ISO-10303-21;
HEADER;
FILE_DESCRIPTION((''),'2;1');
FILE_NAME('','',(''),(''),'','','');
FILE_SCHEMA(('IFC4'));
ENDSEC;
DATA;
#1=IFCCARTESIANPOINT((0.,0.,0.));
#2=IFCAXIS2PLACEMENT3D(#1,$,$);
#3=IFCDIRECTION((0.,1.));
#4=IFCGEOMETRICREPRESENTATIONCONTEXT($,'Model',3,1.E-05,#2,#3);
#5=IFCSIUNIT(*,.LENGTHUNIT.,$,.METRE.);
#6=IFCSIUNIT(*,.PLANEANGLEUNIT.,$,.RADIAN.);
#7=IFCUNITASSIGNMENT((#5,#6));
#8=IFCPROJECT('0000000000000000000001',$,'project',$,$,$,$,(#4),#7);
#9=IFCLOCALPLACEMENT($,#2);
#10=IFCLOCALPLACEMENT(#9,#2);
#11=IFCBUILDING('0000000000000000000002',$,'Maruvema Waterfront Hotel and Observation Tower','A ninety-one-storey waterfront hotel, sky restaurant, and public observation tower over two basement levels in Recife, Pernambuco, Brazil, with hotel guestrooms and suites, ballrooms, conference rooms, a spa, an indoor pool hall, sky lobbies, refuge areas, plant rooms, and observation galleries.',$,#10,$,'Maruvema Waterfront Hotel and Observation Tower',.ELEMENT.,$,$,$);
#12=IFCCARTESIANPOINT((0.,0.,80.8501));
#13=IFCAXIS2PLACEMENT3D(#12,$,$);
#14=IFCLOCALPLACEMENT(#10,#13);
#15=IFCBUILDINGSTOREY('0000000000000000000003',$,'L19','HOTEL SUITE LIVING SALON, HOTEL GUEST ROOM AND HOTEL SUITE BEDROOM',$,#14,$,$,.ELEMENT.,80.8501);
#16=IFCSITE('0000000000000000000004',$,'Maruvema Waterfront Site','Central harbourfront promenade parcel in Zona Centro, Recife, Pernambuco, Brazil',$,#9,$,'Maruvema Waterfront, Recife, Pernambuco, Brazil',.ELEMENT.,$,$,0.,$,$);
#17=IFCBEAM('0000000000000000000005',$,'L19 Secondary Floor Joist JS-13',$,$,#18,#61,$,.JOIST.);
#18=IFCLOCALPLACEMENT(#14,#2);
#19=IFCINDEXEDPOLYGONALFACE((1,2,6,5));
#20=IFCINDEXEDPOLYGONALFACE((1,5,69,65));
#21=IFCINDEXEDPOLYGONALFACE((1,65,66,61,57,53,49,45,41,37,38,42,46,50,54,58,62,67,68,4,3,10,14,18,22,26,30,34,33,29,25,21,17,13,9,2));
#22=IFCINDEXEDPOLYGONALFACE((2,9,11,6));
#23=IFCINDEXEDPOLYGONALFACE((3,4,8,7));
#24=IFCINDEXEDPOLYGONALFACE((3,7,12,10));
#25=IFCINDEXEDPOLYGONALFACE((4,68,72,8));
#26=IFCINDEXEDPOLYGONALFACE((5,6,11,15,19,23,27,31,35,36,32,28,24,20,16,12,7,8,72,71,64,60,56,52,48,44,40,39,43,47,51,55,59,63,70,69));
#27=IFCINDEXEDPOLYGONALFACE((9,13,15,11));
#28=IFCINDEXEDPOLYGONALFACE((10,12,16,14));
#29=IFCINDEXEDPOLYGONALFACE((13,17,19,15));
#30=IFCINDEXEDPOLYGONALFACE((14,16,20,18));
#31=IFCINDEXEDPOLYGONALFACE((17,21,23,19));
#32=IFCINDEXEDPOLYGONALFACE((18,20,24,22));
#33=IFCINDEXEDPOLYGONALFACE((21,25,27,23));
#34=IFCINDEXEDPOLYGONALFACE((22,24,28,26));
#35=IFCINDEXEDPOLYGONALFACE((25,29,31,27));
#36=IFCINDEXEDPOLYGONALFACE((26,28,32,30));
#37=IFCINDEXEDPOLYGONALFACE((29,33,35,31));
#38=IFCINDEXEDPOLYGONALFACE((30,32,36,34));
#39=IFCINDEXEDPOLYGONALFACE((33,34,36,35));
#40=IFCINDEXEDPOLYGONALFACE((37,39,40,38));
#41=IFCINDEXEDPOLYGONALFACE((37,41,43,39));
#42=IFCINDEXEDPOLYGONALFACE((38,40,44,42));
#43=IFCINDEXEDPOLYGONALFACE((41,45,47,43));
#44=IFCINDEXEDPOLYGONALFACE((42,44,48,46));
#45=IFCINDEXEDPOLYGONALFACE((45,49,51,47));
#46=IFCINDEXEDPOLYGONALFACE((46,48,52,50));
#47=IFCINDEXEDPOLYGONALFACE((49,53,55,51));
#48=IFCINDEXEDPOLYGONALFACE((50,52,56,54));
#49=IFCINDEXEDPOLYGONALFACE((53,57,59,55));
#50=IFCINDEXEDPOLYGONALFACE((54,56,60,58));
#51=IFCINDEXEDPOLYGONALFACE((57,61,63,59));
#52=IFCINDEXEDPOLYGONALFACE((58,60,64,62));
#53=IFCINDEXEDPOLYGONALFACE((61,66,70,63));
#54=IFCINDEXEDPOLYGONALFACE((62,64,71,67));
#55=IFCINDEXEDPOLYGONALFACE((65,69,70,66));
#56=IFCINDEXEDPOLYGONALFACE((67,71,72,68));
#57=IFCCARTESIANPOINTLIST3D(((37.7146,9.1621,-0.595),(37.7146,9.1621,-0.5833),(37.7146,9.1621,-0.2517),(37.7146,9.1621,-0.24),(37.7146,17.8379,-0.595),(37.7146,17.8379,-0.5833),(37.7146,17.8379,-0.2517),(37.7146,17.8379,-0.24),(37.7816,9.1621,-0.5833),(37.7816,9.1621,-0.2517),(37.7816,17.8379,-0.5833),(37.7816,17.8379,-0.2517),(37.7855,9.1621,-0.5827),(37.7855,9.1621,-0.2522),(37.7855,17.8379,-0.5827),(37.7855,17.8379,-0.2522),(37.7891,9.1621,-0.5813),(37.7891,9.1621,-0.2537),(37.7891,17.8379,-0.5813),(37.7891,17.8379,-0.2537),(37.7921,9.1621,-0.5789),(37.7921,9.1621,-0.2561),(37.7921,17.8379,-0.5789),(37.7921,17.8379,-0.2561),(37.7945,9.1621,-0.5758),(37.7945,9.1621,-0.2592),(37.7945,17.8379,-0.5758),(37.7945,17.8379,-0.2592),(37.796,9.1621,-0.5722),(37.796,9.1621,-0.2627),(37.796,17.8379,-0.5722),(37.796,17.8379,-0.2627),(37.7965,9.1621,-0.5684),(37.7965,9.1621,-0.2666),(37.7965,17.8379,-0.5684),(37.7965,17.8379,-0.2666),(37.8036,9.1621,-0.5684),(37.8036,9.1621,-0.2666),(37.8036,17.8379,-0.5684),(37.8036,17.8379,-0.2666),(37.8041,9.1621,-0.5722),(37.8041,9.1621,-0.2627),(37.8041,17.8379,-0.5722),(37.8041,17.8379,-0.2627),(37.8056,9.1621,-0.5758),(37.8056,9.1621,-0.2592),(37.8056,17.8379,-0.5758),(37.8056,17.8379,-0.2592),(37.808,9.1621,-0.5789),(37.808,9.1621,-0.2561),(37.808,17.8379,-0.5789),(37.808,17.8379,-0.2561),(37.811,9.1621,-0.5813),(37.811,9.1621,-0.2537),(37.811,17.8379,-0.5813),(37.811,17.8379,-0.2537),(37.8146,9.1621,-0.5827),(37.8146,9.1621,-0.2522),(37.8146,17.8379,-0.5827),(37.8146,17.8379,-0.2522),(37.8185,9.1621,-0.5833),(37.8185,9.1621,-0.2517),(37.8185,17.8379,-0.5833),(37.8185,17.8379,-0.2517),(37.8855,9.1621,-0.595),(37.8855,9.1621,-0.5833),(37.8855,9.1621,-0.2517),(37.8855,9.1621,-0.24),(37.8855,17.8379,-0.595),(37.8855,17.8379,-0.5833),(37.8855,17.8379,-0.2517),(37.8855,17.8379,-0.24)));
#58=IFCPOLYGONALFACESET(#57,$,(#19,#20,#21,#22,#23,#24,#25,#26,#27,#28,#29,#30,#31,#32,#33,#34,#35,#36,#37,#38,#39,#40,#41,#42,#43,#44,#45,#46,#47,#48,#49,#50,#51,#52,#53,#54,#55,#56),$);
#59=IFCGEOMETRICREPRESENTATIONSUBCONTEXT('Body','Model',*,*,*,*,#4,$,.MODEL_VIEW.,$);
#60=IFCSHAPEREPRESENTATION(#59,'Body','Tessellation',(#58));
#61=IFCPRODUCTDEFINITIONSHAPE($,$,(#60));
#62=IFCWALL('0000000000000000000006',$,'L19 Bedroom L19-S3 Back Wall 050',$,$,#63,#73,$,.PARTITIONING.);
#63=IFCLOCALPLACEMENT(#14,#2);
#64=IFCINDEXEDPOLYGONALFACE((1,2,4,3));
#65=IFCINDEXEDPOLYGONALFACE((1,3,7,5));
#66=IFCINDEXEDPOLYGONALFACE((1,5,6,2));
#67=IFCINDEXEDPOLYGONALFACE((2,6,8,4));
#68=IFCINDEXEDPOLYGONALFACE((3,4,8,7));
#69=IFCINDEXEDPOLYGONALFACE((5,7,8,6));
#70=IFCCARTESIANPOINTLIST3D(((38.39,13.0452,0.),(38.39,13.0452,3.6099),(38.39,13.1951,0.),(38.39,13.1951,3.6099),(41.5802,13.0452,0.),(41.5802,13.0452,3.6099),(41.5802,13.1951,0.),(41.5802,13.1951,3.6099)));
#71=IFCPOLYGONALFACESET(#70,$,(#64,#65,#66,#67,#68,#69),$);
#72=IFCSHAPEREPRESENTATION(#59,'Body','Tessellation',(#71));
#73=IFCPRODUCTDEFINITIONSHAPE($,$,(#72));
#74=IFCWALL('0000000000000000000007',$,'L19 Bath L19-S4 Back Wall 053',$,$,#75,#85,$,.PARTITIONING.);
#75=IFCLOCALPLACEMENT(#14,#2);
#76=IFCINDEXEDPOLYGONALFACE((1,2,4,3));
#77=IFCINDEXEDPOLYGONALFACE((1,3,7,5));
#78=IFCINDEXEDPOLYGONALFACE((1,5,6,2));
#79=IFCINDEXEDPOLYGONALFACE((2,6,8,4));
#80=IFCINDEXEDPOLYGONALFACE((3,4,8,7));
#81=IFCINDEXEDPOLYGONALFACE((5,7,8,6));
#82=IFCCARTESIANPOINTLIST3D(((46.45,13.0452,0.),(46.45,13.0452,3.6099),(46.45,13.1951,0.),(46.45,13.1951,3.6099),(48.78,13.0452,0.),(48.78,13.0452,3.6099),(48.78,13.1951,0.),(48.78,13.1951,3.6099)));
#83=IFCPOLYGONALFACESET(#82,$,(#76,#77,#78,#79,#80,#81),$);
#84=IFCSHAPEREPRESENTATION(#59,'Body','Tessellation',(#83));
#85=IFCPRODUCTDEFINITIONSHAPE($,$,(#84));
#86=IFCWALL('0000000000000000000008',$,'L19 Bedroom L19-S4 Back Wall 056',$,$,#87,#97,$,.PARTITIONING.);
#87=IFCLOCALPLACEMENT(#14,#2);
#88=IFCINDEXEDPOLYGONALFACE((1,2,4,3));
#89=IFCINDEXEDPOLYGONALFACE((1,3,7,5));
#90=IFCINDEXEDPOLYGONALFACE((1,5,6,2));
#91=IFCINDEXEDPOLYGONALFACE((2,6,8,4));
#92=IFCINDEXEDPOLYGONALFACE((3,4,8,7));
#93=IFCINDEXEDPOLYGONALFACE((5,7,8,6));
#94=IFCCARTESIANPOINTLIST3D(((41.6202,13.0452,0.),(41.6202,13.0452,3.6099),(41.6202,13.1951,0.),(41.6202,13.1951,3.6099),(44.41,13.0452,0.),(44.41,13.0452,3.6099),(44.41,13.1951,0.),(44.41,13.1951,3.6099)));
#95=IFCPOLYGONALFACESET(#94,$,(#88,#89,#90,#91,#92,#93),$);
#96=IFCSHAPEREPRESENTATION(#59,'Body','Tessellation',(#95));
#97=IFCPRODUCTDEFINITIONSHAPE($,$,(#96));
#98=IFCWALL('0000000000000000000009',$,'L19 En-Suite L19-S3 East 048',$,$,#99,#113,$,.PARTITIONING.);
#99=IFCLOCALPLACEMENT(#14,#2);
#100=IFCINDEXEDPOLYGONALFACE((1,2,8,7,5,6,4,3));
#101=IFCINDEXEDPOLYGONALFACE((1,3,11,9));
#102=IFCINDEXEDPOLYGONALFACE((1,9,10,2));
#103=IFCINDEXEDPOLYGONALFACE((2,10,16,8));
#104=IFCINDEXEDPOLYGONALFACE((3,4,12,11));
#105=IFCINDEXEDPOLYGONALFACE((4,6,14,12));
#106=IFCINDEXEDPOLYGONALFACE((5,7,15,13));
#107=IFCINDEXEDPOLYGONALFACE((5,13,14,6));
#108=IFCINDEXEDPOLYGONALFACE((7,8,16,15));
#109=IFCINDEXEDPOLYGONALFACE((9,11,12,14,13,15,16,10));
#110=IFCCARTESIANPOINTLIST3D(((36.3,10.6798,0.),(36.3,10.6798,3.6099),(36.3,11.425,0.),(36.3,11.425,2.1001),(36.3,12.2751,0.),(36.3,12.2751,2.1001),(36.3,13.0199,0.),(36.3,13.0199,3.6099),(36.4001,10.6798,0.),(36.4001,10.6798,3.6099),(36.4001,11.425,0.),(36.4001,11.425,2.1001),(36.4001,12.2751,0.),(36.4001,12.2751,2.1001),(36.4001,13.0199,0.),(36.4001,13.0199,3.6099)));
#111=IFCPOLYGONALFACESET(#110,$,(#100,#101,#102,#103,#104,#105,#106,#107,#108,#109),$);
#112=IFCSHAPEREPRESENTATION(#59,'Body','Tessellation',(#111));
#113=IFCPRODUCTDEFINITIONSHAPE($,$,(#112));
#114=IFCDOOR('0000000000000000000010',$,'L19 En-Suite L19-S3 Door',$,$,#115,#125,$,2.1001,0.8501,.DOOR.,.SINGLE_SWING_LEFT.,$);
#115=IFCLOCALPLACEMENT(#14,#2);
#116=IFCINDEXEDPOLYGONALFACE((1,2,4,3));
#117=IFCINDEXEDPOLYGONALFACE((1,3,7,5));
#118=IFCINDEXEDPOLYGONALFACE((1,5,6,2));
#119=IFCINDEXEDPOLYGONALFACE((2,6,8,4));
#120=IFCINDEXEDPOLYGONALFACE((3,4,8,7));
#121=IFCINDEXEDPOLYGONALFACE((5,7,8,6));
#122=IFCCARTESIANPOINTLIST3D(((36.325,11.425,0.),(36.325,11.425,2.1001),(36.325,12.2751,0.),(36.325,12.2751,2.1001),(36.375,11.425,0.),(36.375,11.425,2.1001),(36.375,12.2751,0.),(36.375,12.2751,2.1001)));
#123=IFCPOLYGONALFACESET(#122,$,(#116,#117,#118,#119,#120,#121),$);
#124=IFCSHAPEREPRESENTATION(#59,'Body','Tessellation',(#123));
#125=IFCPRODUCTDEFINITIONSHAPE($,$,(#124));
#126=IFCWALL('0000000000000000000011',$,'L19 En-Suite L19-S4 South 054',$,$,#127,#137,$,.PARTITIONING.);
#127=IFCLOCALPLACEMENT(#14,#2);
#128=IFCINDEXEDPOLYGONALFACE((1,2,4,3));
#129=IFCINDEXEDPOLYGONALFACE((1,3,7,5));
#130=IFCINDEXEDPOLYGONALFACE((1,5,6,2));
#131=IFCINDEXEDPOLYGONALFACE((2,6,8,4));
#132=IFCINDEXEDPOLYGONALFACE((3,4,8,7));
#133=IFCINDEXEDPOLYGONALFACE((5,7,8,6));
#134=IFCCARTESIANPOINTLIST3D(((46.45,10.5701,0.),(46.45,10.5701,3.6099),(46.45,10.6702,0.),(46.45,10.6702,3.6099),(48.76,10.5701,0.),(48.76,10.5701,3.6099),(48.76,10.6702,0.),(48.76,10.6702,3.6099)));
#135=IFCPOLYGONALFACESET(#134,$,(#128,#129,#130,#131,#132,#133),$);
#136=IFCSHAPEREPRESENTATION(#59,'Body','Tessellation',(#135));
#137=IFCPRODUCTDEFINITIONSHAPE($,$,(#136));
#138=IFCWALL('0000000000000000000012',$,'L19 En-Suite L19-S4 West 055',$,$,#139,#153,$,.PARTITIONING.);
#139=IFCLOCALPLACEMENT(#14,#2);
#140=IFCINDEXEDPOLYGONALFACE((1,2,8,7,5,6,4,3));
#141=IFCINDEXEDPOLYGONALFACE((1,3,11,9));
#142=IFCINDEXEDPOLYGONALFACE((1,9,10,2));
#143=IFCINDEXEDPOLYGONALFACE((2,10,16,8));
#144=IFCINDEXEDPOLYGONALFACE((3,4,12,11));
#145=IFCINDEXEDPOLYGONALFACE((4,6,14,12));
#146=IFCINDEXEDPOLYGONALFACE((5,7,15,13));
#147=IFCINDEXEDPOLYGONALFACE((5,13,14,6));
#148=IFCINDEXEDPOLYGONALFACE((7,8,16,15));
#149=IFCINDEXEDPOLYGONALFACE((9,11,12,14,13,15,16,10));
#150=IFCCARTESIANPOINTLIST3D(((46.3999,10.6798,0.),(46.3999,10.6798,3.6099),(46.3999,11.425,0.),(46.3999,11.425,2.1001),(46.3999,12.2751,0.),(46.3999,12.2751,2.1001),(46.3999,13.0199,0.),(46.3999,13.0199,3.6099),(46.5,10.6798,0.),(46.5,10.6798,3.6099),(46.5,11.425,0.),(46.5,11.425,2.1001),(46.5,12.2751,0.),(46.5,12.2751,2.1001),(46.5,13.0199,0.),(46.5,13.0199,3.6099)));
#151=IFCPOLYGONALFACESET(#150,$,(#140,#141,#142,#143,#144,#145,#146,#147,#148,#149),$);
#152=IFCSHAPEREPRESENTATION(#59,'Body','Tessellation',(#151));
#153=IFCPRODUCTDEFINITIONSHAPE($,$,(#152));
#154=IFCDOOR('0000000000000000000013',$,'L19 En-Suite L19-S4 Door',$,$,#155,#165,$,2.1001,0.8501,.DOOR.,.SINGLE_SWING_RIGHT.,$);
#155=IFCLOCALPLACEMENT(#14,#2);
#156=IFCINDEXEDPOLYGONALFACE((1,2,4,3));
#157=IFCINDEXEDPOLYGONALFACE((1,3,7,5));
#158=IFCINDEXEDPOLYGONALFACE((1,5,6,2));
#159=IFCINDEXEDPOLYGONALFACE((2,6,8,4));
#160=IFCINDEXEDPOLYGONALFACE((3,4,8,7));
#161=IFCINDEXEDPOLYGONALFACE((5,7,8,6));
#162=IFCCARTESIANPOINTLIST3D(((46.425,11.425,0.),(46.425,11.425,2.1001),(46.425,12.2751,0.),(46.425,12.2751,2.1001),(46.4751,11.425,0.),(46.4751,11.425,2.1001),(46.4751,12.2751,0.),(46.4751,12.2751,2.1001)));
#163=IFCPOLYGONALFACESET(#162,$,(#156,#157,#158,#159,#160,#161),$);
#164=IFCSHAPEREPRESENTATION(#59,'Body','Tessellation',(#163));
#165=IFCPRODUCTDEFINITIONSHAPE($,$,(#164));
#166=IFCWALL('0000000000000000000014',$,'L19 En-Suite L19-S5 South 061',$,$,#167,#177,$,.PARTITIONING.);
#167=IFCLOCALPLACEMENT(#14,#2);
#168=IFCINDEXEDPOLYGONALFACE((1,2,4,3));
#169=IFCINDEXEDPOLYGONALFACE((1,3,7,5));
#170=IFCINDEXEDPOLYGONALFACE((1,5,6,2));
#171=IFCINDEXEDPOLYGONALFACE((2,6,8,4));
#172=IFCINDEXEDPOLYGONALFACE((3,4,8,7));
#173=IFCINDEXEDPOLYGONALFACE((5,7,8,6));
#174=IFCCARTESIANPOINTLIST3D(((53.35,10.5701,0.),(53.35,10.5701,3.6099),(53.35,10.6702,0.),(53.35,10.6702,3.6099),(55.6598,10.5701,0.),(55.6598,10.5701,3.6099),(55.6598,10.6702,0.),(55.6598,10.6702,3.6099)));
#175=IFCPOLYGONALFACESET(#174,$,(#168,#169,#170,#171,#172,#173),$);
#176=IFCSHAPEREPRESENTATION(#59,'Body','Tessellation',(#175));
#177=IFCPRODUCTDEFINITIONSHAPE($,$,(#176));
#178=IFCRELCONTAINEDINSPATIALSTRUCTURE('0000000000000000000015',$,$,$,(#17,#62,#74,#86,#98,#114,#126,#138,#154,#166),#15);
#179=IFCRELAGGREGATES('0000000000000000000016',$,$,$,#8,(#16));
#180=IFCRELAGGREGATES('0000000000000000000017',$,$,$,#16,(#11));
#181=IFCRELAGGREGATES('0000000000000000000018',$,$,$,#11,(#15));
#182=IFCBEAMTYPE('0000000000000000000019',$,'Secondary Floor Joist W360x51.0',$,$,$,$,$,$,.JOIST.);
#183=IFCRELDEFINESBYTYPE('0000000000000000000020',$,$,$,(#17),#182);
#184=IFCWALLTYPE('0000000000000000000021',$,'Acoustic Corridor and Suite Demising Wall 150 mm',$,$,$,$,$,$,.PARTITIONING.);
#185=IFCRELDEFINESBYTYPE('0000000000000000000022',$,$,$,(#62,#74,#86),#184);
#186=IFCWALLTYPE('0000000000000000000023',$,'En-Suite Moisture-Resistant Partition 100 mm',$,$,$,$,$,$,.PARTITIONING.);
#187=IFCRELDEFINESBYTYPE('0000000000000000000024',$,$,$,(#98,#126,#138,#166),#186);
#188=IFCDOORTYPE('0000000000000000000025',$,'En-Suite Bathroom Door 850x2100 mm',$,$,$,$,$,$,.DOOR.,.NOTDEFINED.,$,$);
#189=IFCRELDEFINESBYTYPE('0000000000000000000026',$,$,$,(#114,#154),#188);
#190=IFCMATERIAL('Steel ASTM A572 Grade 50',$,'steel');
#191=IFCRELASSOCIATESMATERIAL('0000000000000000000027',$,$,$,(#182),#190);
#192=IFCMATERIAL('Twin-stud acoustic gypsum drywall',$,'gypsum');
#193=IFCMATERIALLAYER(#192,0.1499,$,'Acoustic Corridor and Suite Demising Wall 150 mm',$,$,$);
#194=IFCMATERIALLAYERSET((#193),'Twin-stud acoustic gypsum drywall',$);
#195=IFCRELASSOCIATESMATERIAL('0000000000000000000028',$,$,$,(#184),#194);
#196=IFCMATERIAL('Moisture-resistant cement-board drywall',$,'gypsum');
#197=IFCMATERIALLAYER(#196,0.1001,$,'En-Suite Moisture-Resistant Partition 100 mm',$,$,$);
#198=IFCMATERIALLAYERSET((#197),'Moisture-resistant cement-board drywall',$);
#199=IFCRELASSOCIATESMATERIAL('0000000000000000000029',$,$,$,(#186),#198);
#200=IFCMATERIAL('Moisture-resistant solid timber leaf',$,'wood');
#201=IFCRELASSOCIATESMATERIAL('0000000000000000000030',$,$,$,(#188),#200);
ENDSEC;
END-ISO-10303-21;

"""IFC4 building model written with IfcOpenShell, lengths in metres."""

from ifc_helpers import new_model, si_unit, direction, frame, frame_2d, origin, origin_2d, place, context, subcontext, project, spatial, rectangle, i_section, extrude, material, layer, layer_set, material_profile, profile_set, type_object, element, fill, save


model = new_model("IFC4")

# Units and contexts
model_context = context("Model", 3, precision=1e-05, world=origin(), true_north=direction((0.0, 1.0)))
body_context = subcontext(model_context, "Body", "Model", "MODEL_VIEW")
ifc_project = project(units=[si_unit("LENGTHUNIT", "METRE"), si_unit("PLANEANGLEUNIT", "RADIAN")], contexts=[model_context])

# Site, building, storey
site_placement = place(None, origin())
site = spatial("IfcSite", under=ifc_project, at=site_placement, Name="Maruvema Waterfront Site", Description="Central harbourfront promenade parcel in Zona Centro, Recife, Pernambuco, Brazil", LongName="Maruvema Waterfront, Recife, Pernambuco, Brazil", CompositionType="ELEMENT", RefElevation=0.0)
building_placement = place(site_placement, origin())
building = spatial("IfcBuilding", under=site, at=building_placement, Name="Maruvema Waterfront Hotel and Observation Tower", Description="A ninety-one-storey waterfront hotel, sky restaurant, and public observation tower over two basement levels in Recife, Pernambuco, Brazil, with hotel guestrooms and suites, ballrooms, conference rooms, a spa, an indoor pool hall, sky lobbies, refuge areas, plant rooms, and observation galleries.", LongName="Maruvema Waterfront Hotel and Observation Tower", CompositionType="ELEMENT")
storey_placement = place(building_placement, frame((0.0, 0.0, 80.8501)))
storey = spatial("IfcBuildingStorey", under=building, at=storey_placement, Name="L19", Description="HOTEL SUITE LIVING SALON, HOTEL GUEST ROOM AND HOTEL SUITE BEDROOM", CompositionType="ELEMENT", Elevation=80.8501)

# Beam
ifc_material_1 = material(Name="Steel ASTM A572 Grade 50", Category="steel")
ifc_material_profile_1 = material_profile(ifc_material_1, i_section(OverallWidth=0.1709, OverallDepth=0.355, WebThickness=0.0071, FlangeThickness=0.0117, FilletRadius=0.0149, at=origin_2d()), Name="W360x51.0")
ifc_profile_set_1 = profile_set([ifc_material_profile_1], Name="Steel ASTM A572 Grade 50")
beam_type_1 = type_object("IfcBeamType", Name="Secondary Floor Joist W360x51.0", PredefinedType="JOIST", material=ifc_profile_set_1)
beam_1_placement = place(storey_placement, frame((37.8, 9.1621, -0.4175), z_axis=(0.0, 1.0, 0.0), x_axis=(-1.0, 0.0, 0.0)))
element("IfcBeam", 1, at=beam_1_placement, inside=storey, type_object=beam_type_1, Name="L19 Secondary Floor Joist JS-13", PredefinedType="JOIST", context=body_context, shape_type="SweptSolid", body=[
    extrude(i_section(OverallWidth=0.1709, OverallDepth=0.355, WebThickness=0.0071, FlangeThickness=0.0117, FilletRadius=0.0149, at=origin_2d()), origin(), (0.0, 0.0, 1.0), 8.6758),
])

# Shared definitions
ifc_material_2 = material(Name="Twin-stud acoustic gypsum drywall", Category="gypsum")
ifc_layer_1 = layer(ifc_material_2, 0.1499, Name="Acoustic Corridor and Suite Demising Wall 150 mm")
ifc_layer_set_1 = layer_set([ifc_layer_1], Name="Twin-stud acoustic gypsum drywall")
wall_type_1 = type_object("IfcWallType", Name="Acoustic Corridor and Suite Demising Wall 150 mm", PredefinedType="PARTITIONING", material=ifc_layer_set_1)

# Walls
wall_1_placement = place(storey_placement, frame((38.3899, 13.1201, 0.0), z_axis=(0.0, 0.0, 1.0), x_axis=(1.0, 0.0, 0.0)))
element("IfcWall", 2, at=wall_1_placement, inside=storey, type_object=wall_type_1, Name="L19 Bedroom L19-S3 Back Wall 050", PredefinedType="PARTITIONING", context=body_context, shape_type="SweptSolid", body=[
    extrude(rectangle(XDim=3.1902, YDim=0.1499, at=frame_2d((1.5952, 0.0))), origin(), (0.0, 0.0, 1.0), 3.6099),
])
wall_2_placement = place(storey_placement, frame((46.45, 13.1201, 0.0), z_axis=(0.0, 0.0, 1.0), x_axis=(1.0, 0.0, 0.0)))
element("IfcWall", 3, at=wall_2_placement, inside=storey, type_object=wall_type_1, Name="L19 Bath L19-S4 Back Wall 053", PredefinedType="PARTITIONING", context=body_context, shape_type="SweptSolid", body=[
    extrude(rectangle(XDim=2.3301, YDim=0.1499, at=frame_2d((1.165, 0.0))), origin(), (0.0, 0.0, 1.0), 3.6099),
])
wall_3_placement = place(storey_placement, frame((41.6201, 13.1201, 0.0), z_axis=(0.0, 0.0, 1.0), x_axis=(1.0, 0.0, 0.0)))
element("IfcWall", 4, at=wall_3_placement, inside=storey, type_object=wall_type_1, Name="L19 Bedroom L19-S4 Back Wall 056", PredefinedType="PARTITIONING", context=body_context, shape_type="SweptSolid", body=[
    extrude(rectangle(XDim=2.7898, YDim=0.1499, at=frame_2d((1.395, 0.0))), origin(), (0.0, 0.0, 1.0), 3.6099),
])

# Wall, opening, door
ifc_material_3 = material(Name="Moisture-resistant cement-board drywall", Category="gypsum")
ifc_layer_2 = layer(ifc_material_3, 0.1001, Name="En-Suite Moisture-Resistant Partition 100 mm")
ifc_layer_set_2 = layer_set([ifc_layer_2], Name="Moisture-resistant cement-board drywall")
wall_type_2 = type_object("IfcWallType", Name="En-Suite Moisture-Resistant Partition 100 mm", PredefinedType="PARTITIONING", material=ifc_layer_set_2)
wall_4_placement = place(storey_placement, frame((36.3501, 10.6799, 0.0), z_axis=(0.0, 0.0, 1.0), x_axis=(0.0, 1.0, 0.0)))
wall_4 = element("IfcWall", 5, at=wall_4_placement, inside=storey, type_object=wall_type_2, Name="L19 En-Suite L19-S3 East 048", PredefinedType="PARTITIONING", context=body_context, shape_type="SweptSolid", body=[
    extrude(rectangle(XDim=2.3401, YDim=0.1001, at=frame_2d((1.1699, 0.0))), origin(), (0.0, 0.0, 1.0), 3.6099),
])
opening_1_placement = place(wall_4_placement, frame((0.7451, 0.0, 0.0)))
opening_1 = element("IfcOpeningElement", 6, at=opening_1_placement, cuts=wall_4, PredefinedType="OPENING", context=body_context, shape_type="SweptSolid", body=[
    extrude(rectangle(XDim=0.8501, YDim=2.1001, at=frame_2d((0.425, 1.05))), frame((0.0, 0.0601, 0.0), z_axis=(0.0, -1.0, 0.0), x_axis=(1.0, 0.0, 0.0)), (0.0, 0.0, 1.0), 0.1201),
])
ifc_material_4 = material(Name="Moisture-resistant solid timber leaf", Category="wood")
door_type_1 = type_object("IfcDoorType", Name="En-Suite Bathroom Door 850x2100 mm", OperationType="NOTDEFINED", PredefinedType="DOOR", material=ifc_material_4)
door_1_placement = place(opening_1_placement, frame((0.8501, 0.0, 0.0), z_axis=(0.0, 0.0, 1.0), x_axis=(-1.0, 0.0, 0.0)))
door_1 = element("IfcDoor", 7, at=door_1_placement, inside=storey, type_object=door_type_1, Name="L19 En-Suite L19-S3 Door", OperationType="SINGLE_SWING_LEFT", OverallHeight=2.1001, OverallWidth=0.8501, PredefinedType="DOOR", context=body_context, shape_type="SweptSolid", body=[
    extrude(rectangle(XDim=0.8501, YDim=2.1001, at=frame_2d((0.425, 1.05))), frame((0.0, 0.0249, 0.0), z_axis=(0.0, -1.0, 0.0), x_axis=(1.0, 0.0, 0.0)), (0.0, 0.0, 1.0), 0.05),
])
fill(opening_1, door_1)

# Wall
wall_5_placement = place(storey_placement, frame((46.45, 10.6201, 0.0), z_axis=(0.0, 0.0, 1.0), x_axis=(1.0, 0.0, 0.0)))
element("IfcWall", 8, at=wall_5_placement, inside=storey, type_object=wall_type_2, Name="L19 En-Suite L19-S4 South 054", PredefinedType="PARTITIONING", context=body_context, shape_type="SweptSolid", body=[
    extrude(rectangle(XDim=2.3101, YDim=0.1001, at=frame_2d((1.155, 0.0))), origin(), (0.0, 0.0, 1.0), 3.6099),
])

# Wall, opening, door
wall_6_placement = place(storey_placement, frame((46.45, 10.6799, 0.0), z_axis=(0.0, 0.0, 1.0), x_axis=(0.0, 1.0, 0.0)))
wall_6 = element("IfcWall", 9, at=wall_6_placement, inside=storey, type_object=wall_type_2, Name="L19 En-Suite L19-S4 West 055", PredefinedType="PARTITIONING", context=body_context, shape_type="SweptSolid", body=[
    extrude(rectangle(XDim=2.3401, YDim=0.1001, at=frame_2d((1.1699, 0.0))), origin(), (0.0, 0.0, 1.0), 3.6099),
])
opening_2_placement = place(wall_6_placement, frame((0.7451, 0.0, 0.0)))
opening_2 = element("IfcOpeningElement", 10, at=opening_2_placement, cuts=wall_6, PredefinedType="OPENING", context=body_context, shape_type="SweptSolid", body=[
    extrude(rectangle(XDim=0.8501, YDim=2.1001, at=frame_2d((0.425, 1.05))), frame((0.0, 0.0601, 0.0), z_axis=(0.0, -1.0, 0.0), x_axis=(1.0, 0.0, 0.0)), (0.0, 0.0, 1.0), 0.1201),
])
door_2_placement = place(opening_2_placement, origin())
door_2 = element("IfcDoor", 11, at=door_2_placement, inside=storey, type_object=door_type_1, Name="L19 En-Suite L19-S4 Door", OperationType="SINGLE_SWING_RIGHT", OverallHeight=2.1001, OverallWidth=0.8501, PredefinedType="DOOR", context=body_context, shape_type="SweptSolid", body=[
    extrude(rectangle(XDim=0.8501, YDim=2.1001, at=frame_2d((0.425, 1.05))), frame((0.0, 0.0249, 0.0), z_axis=(0.0, -1.0, 0.0), x_axis=(1.0, 0.0, 0.0)), (0.0, 0.0, 1.0), 0.05),
])
fill(opening_2, door_2)

# Wall
wall_7_placement = place(storey_placement, frame((53.3501, 10.6201, 0.0), z_axis=(0.0, 0.0, 1.0), x_axis=(1.0, 0.0, 0.0)))
element("IfcWall", 12, at=wall_7_placement, inside=storey, type_object=wall_type_2, Name="L19 En-Suite L19-S5 South 061", PredefinedType="PARTITIONING", context=body_context, shape_type="SweptSolid", body=[
    extrude(rectangle(XDim=2.3098, YDim=0.1001, at=frame_2d((1.1548, 0.0))), origin(), (0.0, 0.0, 1.0), 3.6099),
])

save(model, "model.ifc")
